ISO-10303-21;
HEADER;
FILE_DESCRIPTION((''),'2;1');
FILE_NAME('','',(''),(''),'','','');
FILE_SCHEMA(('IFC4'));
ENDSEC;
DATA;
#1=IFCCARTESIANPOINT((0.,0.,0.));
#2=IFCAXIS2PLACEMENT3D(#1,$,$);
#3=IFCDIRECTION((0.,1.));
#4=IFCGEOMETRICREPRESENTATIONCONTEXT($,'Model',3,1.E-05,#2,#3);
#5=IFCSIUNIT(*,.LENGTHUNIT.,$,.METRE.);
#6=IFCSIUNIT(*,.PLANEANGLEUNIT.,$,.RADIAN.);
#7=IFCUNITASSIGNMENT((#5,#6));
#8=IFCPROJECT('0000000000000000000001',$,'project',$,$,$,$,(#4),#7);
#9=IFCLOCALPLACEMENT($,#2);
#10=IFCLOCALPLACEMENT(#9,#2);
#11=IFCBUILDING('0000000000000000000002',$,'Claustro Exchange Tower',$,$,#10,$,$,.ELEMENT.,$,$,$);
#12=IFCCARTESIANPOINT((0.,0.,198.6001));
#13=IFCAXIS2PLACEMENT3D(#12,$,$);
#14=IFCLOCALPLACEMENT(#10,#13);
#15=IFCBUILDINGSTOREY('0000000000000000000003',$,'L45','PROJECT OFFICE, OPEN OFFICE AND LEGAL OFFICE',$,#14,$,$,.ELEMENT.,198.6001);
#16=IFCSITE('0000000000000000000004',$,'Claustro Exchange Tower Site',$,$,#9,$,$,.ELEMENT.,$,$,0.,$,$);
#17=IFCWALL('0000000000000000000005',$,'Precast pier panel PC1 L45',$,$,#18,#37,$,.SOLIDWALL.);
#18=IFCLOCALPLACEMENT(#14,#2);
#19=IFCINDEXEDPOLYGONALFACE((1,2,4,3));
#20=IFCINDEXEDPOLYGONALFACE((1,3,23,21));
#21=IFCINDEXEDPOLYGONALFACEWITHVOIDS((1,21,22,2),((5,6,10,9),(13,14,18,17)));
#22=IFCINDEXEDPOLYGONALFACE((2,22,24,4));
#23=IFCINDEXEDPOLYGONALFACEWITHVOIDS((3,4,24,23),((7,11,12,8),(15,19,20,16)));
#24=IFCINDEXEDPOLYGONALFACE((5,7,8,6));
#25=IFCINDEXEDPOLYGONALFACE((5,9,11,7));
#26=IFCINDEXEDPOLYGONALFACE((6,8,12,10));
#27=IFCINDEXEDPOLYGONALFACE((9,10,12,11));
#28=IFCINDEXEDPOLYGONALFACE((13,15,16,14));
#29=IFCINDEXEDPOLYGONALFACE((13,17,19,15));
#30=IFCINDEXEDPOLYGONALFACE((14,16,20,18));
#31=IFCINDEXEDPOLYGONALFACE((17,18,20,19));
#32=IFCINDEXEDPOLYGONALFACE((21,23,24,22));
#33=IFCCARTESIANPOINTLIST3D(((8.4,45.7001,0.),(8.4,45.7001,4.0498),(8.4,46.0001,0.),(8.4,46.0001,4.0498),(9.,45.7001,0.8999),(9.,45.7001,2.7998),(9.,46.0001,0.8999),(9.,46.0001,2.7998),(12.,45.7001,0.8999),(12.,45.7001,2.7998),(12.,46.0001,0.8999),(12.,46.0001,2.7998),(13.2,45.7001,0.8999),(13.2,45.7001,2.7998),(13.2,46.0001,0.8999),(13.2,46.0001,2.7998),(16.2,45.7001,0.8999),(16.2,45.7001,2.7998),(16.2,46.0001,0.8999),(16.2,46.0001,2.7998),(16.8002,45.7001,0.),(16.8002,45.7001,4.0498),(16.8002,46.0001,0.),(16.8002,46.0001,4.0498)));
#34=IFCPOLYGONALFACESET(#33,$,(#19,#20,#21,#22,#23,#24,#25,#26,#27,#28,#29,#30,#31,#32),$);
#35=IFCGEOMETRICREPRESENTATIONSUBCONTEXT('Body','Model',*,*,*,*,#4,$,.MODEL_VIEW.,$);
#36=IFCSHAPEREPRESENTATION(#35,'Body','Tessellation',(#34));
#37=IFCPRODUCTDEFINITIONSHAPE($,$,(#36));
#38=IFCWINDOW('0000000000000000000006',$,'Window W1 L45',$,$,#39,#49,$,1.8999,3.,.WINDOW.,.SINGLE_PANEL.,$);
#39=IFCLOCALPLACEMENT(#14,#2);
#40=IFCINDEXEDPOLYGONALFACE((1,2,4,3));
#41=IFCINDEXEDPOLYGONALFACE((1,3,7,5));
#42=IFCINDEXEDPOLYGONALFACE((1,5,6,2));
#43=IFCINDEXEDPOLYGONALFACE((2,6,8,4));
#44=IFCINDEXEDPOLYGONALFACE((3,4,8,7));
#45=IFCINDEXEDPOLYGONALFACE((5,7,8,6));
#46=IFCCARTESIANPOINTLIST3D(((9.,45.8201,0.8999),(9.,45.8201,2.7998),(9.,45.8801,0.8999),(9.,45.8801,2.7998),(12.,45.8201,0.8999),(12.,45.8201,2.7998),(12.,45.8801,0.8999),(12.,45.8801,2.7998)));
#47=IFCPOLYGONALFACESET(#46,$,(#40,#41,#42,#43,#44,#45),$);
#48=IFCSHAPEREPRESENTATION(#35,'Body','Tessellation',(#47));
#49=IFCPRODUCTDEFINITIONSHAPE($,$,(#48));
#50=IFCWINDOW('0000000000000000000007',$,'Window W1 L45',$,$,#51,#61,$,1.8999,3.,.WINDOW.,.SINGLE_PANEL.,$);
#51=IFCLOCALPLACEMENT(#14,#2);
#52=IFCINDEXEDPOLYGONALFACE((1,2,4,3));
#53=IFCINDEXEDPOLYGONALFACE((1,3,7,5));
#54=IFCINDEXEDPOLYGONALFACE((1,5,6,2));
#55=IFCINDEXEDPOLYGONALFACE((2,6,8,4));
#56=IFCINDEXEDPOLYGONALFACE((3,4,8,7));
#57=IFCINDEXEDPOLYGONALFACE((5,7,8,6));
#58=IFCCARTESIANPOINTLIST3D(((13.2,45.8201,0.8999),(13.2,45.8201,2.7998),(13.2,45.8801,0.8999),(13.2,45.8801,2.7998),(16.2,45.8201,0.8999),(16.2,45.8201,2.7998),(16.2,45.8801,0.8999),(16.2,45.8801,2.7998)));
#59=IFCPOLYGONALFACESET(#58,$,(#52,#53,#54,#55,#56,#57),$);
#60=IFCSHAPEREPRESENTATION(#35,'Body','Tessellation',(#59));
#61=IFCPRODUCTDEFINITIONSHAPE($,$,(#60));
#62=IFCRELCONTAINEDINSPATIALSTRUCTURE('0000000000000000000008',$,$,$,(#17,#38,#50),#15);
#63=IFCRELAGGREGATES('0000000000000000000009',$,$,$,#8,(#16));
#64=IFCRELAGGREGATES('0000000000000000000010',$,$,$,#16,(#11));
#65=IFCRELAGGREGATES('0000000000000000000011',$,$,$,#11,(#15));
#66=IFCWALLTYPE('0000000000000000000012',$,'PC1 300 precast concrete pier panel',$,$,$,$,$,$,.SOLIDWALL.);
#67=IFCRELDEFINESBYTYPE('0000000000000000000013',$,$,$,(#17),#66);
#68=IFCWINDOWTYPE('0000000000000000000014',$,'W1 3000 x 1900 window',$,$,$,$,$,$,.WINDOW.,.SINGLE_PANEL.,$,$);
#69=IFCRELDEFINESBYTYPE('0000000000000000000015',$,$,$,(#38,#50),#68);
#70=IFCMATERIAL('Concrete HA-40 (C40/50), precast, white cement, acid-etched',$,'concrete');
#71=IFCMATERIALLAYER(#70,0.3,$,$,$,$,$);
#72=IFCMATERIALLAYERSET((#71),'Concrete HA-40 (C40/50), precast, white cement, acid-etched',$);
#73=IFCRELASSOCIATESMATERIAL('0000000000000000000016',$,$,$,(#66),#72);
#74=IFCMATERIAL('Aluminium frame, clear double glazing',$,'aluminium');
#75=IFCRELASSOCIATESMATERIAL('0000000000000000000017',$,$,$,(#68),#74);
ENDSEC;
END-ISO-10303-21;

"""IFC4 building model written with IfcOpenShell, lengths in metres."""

from ifc_helpers import new_model, si_unit, direction, frame, frame_2d, origin, place, context, subcontext, project, spatial, rectangle, extrude, material, layer, layer_set, type_object, element, fill, save


model = new_model("IFC4")

# Units and contexts
model_context = context("Model", 3, precision=1e-05, world=origin(), true_north=direction((0.0, 1.0)))
body_context = subcontext(model_context, "Body", "Model", "MODEL_VIEW")
ifc_project = project(units=[si_unit("LENGTHUNIT", "METRE"), si_unit("PLANEANGLEUNIT", "RADIAN")], contexts=[model_context])

# Site, building, storey
site_placement = place(None, origin())
site = spatial("IfcSite", under=ifc_project, at=site_placement, Name="Claustro Exchange Tower Site", CompositionType="ELEMENT", RefElevation=0.0)
building_placement = place(site_placement, origin())
building = spatial("IfcBuilding", under=site, at=building_placement, Name="Claustro Exchange Tower", CompositionType="ELEMENT")
storey_placement = place(building_placement, frame((0.0, 0.0, 198.6001)))
storey = spatial("IfcBuildingStorey", under=building, at=storey_placement, Name="L45", Description="PROJECT OFFICE, OPEN OFFICE AND LEGAL OFFICE", CompositionType="ELEMENT", Elevation=198.6001)

# Wall, openings, windows
ifc_material_1 = material(Name="Concrete HA-40 (C40/50), precast, white cement, acid-etched", Category="concrete")
ifc_layer_1 = layer(ifc_material_1, 0.3)
ifc_layer_set_1 = layer_set([ifc_layer_1], Name="Concrete HA-40 (C40/50), precast, white cement, acid-etched")
wall_type_1 = type_object("IfcWallType", Name="PC1 300 precast concrete pier panel", PredefinedType="SOLIDWALL", material=ifc_layer_set_1)
wall_1_placement = place(storey_placement, frame((8.3999, 45.8501, 0.0), z_axis=(0.0, 0.0, 1.0), x_axis=(1.0, 0.0, 0.0)))
wall_1 = element("IfcWall", 1, at=wall_1_placement, inside=storey, type_object=wall_type_1, Name="Precast pier panel PC1 L45", PredefinedType="SOLIDWALL", context=body_context, shape_type="SweptSolid", body=[
    extrude(rectangle(XDim=8.4001, YDim=0.3, at=frame_2d((4.2002, 0.0))), origin(), (0.0, 0.0, 1.0), 4.0498),
])
opening_1_placement = place(wall_1_placement, frame((0.6001, 0.0, 0.8999)))
opening_1 = element("IfcOpeningElement", 2, at=opening_1_placement, cuts=wall_1, PredefinedType="OPENING", context=body_context, shape_type="SweptSolid", body=[
    extrude(rectangle(XDim=3.0, YDim=1.8999, at=frame_2d((1.5, 0.95))), frame((0.0, 0.1599, 0.0), z_axis=(0.0, -1.0, 0.0), x_axis=(1.0, 0.0, 0.0)), (0.0, 0.0, 1.0), 0.3201),
])
opening_2_placement = place(wall_1_placement, frame((4.8, 0.0, 0.8999)))
opening_2 = element("IfcOpeningElement", 3, at=opening_2_placement, cuts=wall_1, PredefinedType="OPENING", context=body_context, shape_type="SweptSolid", body=[
    extrude(rectangle(XDim=3.0, YDim=1.8999, at=frame_2d((1.5, 0.95))), frame((0.0, 0.1599, 0.0), z_axis=(0.0, -1.0, 0.0), x_axis=(1.0, 0.0, 0.0)), (0.0, 0.0, 1.0), 0.3201),
])
ifc_material_2 = material(Name="Aluminium frame, clear double glazing", Category="aluminium")
window_type = type_object("IfcWindowType", Name="W1 3000 x 1900 window", PartitioningType="SINGLE_PANEL", PredefinedType="WINDOW", material=ifc_material_2)
window_1_placement = place(opening_1_placement, origin())
window_1 = element("IfcWindow", 4, at=window_1_placement, inside=storey, type_object=window_type, Name="Window W1 L45", OverallHeight=1.8999, OverallWidth=3.0, PartitioningType="SINGLE_PANEL", PredefinedType="WINDOW", context=body_context, shape_type="SweptSolid", body=[
    extrude(rectangle(XDim=3.0, YDim=1.8999, at=frame_2d((1.5, 0.95))), frame((0.0, 0.03, 0.0), z_axis=(0.0, -1.0, 0.0), x_axis=(1.0, 0.0, 0.0)), (0.0, 0.0, 1.0), 0.0601),
])
fill(opening_1, window_1)
window_2_placement = place(opening_2_placement, origin())
window_2 = element("IfcWindow", 5, at=window_2_placement, inside=storey, type_object=window_type, Name="Window W1 L45", OverallHeight=1.8999, OverallWidth=3.0, PartitioningType="SINGLE_PANEL", PredefinedType="WINDOW", context=body_context, shape_type="SweptSolid", body=[
    extrude(rectangle(XDim=3.0, YDim=1.8999, at=frame_2d((1.5, 0.95))), frame((0.0, 0.03, 0.0), z_axis=(0.0, -1.0, 0.0), x_axis=(1.0, 0.0, 0.0)), (0.0, 0.0, 1.0), 0.0601),
])
fill(opening_2, window_2)

save(model, "model.ifc")
